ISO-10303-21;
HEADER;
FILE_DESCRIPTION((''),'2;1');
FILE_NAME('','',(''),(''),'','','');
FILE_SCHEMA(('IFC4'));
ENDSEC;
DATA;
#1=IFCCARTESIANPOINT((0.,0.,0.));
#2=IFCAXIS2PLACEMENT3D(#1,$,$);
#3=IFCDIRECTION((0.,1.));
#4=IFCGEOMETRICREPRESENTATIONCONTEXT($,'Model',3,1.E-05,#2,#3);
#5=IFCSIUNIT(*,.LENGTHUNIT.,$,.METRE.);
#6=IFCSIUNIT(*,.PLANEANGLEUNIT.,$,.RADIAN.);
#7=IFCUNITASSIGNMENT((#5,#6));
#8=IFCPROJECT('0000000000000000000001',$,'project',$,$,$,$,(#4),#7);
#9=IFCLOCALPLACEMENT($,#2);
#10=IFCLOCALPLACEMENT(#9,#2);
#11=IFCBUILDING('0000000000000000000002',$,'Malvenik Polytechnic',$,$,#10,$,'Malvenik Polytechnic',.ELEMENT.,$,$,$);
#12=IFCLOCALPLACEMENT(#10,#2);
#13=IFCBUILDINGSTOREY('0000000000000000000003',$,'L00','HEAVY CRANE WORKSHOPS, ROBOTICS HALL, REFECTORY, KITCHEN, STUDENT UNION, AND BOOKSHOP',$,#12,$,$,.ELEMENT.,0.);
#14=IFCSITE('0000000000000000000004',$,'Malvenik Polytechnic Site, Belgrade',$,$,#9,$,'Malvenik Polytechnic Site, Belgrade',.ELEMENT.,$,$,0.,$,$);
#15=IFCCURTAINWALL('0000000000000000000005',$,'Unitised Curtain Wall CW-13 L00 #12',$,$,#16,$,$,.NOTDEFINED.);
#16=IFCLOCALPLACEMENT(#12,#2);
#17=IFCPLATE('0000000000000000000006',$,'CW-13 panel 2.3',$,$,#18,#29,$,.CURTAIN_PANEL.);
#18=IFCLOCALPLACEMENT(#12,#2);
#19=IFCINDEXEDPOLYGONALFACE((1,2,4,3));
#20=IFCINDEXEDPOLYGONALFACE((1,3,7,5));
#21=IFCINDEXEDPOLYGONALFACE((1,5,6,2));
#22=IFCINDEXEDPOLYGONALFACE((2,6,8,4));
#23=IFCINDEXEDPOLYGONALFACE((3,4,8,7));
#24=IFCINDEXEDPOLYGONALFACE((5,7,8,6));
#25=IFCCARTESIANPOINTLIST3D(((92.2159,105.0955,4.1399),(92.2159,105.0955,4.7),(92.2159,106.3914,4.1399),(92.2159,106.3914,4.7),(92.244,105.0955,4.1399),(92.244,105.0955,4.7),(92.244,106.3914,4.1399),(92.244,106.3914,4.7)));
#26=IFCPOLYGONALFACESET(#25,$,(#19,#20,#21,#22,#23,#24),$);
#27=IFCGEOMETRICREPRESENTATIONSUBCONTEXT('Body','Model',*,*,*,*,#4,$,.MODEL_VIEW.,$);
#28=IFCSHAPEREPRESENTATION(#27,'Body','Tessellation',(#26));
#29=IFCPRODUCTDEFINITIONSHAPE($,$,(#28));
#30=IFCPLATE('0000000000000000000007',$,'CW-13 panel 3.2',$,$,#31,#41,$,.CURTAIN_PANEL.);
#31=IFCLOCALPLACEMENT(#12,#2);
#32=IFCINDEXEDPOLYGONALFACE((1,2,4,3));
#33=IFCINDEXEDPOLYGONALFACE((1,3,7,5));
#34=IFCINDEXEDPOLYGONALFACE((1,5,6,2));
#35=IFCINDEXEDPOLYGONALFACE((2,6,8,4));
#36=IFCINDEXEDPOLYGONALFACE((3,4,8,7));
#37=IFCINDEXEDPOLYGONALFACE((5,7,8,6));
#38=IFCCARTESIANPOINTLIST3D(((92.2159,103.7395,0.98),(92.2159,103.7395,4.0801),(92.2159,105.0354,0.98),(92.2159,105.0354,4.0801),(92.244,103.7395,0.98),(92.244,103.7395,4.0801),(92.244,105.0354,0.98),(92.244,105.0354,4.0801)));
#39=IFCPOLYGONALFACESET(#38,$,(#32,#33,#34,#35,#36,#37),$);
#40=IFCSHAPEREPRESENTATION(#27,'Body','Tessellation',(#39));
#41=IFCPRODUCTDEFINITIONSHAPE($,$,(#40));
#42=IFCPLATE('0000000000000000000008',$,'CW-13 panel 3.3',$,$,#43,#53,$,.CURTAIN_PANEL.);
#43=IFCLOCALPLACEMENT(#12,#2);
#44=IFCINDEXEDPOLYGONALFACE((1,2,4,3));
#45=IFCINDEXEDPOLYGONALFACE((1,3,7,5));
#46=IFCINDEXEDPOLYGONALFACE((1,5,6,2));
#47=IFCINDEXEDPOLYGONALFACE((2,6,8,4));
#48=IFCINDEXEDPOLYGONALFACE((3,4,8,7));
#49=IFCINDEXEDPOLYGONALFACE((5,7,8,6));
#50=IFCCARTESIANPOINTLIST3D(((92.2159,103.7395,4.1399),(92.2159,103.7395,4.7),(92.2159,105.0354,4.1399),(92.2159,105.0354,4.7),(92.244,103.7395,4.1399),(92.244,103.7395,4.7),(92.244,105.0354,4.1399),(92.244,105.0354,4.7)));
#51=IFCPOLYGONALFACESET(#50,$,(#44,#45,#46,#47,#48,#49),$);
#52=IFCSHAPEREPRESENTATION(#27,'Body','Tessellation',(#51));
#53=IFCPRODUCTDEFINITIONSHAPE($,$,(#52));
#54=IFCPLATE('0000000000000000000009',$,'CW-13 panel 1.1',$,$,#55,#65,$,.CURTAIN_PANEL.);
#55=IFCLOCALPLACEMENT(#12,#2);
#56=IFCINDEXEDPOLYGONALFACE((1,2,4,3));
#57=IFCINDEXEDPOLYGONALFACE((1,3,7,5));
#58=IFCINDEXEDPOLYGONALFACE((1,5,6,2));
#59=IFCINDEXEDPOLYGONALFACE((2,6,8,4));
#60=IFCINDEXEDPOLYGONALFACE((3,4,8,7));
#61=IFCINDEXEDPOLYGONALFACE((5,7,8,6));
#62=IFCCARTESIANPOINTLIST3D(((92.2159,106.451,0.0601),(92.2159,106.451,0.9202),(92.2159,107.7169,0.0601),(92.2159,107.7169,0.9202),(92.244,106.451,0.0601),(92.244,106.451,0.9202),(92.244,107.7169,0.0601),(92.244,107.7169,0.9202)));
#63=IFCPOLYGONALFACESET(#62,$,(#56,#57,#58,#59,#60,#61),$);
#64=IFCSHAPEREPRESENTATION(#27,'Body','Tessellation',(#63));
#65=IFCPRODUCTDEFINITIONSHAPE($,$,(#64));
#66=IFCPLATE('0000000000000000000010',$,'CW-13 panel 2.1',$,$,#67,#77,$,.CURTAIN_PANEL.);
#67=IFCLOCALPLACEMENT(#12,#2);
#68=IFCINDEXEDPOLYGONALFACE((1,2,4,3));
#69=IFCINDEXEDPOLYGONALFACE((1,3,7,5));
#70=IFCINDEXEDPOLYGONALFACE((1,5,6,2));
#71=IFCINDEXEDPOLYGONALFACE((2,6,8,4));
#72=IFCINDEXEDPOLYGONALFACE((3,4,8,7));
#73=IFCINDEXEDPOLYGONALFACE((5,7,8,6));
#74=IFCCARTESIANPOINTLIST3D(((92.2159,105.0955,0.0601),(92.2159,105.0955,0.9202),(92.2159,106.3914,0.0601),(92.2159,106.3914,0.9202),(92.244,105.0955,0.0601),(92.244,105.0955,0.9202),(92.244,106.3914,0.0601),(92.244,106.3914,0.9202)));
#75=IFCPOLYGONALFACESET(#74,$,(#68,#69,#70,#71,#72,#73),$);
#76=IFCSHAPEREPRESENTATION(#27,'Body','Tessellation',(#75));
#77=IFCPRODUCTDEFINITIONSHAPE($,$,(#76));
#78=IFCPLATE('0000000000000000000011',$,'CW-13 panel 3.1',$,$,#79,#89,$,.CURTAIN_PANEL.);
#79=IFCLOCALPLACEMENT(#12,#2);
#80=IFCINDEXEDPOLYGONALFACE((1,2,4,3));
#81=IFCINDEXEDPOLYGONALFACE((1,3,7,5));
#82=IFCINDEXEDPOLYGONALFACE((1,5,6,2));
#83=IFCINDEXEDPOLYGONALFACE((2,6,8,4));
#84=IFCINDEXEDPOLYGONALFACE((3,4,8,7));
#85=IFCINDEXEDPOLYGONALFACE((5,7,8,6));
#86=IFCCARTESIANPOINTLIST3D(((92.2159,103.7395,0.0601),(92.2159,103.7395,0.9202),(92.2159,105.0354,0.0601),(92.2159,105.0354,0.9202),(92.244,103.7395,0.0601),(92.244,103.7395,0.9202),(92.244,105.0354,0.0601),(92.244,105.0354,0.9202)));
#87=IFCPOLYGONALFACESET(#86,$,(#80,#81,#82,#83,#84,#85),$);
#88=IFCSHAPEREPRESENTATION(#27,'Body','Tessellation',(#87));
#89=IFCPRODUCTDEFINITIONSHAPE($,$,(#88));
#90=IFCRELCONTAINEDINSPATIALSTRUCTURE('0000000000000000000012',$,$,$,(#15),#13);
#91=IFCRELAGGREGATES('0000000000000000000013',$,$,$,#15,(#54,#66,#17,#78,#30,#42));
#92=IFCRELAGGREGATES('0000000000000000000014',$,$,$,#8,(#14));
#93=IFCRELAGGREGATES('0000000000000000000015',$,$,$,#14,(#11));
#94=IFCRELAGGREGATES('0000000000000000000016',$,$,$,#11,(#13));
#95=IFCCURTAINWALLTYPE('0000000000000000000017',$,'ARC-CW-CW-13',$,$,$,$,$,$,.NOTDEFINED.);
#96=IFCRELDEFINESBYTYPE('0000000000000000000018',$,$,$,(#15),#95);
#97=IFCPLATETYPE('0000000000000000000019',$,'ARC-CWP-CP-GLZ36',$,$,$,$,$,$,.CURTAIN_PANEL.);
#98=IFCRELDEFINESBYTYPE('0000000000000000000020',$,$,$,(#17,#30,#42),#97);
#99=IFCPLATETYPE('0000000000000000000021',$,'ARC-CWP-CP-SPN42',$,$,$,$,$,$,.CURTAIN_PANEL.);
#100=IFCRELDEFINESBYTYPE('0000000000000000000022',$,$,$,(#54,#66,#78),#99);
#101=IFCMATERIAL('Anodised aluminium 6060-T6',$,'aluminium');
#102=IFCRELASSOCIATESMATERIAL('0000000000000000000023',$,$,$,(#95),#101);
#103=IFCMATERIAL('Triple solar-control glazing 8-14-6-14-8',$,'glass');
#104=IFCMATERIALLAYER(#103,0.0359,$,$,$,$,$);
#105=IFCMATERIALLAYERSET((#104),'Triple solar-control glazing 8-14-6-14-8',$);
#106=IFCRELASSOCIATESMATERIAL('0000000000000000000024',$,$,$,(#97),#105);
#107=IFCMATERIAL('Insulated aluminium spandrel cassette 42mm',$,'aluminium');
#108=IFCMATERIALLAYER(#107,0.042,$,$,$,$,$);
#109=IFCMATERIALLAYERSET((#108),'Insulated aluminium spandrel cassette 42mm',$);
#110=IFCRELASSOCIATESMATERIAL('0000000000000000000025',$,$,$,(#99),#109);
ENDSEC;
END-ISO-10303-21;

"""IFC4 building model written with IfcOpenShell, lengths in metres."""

from ifc_helpers import new_model, si_unit, direction, frame, origin, origin_2d, place, context, subcontext, project, spatial, rectangle, extrude, material, layer, layer_set, type_object, element, aggregate, save


model = new_model("IFC4")

# Units and contexts
model_context = context("Model", 3, precision=1e-05, world=origin(), true_north=direction((0.0, 1.0)))
body_context = subcontext(model_context, "Body", "Model", "MODEL_VIEW")
ifc_project = project(units=[si_unit("LENGTHUNIT", "METRE"), si_unit("PLANEANGLEUNIT", "RADIAN")], contexts=[model_context])

# Site, building, storey
site_placement = place(None, origin())
site = spatial("IfcSite", under=ifc_project, at=site_placement, Name="Malvenik Polytechnic Site, Belgrade", LongName="Malvenik Polytechnic Site, Belgrade", CompositionType="ELEMENT", RefElevation=0.0)
building_placement = place(site_placement, origin())
building = spatial("IfcBuilding", under=site, at=building_placement, Name="Malvenik Polytechnic", LongName="Malvenik Polytechnic", CompositionType="ELEMENT")
storey_placement = place(building_placement, origin())
storey = spatial("IfcBuildingStorey", under=building, at=storey_placement, Name="L00", Description="HEAVY CRANE WORKSHOPS, ROBOTICS HALL, REFECTORY, KITCHEN, STUDENT UNION, AND BOOKSHOP", CompositionType="ELEMENT", Elevation=0.0)

# Curtain wall, plates
ifc_material_1 = material(Name="Anodised aluminium 6060-T6", Category="aluminium")
curtain_wall_type = type_object("IfcCurtainWallType", Name="ARC-CW-CW-13", PredefinedType="NOTDEFINED", material=ifc_material_1)
curtain_wall_placement = place(storey_placement, origin())
curtain_wall = element("IfcCurtainWall", 1, at=curtain_wall_placement, inside=storey, type_object=curtain_wall_type, Name="Unitised Curtain Wall CW-13 L00 #12", PredefinedType="NOTDEFINED")
ifc_material_2 = material(Name="Triple solar-control glazing 8-14-6-14-8", Category="glass")
ifc_layer_1 = layer(ifc_material_2, 0.0359)
ifc_layer_set_1 = layer_set([ifc_layer_1], Name="Triple solar-control glazing 8-14-6-14-8")
plate_type_1 = type_object("IfcPlateType", Name="ARC-CWP-CP-GLZ36", PredefinedType="CURTAIN_PANEL", material=ifc_layer_set_1)
plate_1_placement = place(storey_placement, frame((92.23, 105.7434, 4.1399), z_axis=(0.0, 0.0, 1.0), x_axis=(0.0, -1.0, 0.0)))
plate_1 = element("IfcPlate", 2, at=plate_1_placement, type_object=plate_type_1, Name="CW-13 panel 2.3", PredefinedType="CURTAIN_PANEL", context=body_context, shape_type="SweptSolid", body=[
    extrude(rectangle(XDim=1.2959, YDim=0.0281, at=origin_2d()), origin(), (0.0, 0.0, 1.0), 0.5601),
])
plate_2_placement = place(storey_placement, frame((92.23, 104.3875, 0.98), z_axis=(0.0, 0.0, 1.0), x_axis=(0.0, -1.0, 0.0)))
plate_2 = element("IfcPlate", 3, at=plate_2_placement, type_object=plate_type_1, Name="CW-13 panel 3.2", PredefinedType="CURTAIN_PANEL", context=body_context, shape_type="SweptSolid", body=[
    extrude(rectangle(XDim=1.2959, YDim=0.0281, at=origin_2d()), origin(), (0.0, 0.0, 1.0), 3.1001),
])
plate_3_placement = place(storey_placement, frame((92.23, 104.3875, 4.1399), z_axis=(0.0, 0.0, 1.0), x_axis=(0.0, -1.0, 0.0)))
plate_3 = element("IfcPlate", 4, at=plate_3_placement, type_object=plate_type_1, Name="CW-13 panel 3.3", PredefinedType="CURTAIN_PANEL", context=body_context, shape_type="SweptSolid", body=[
    extrude(rectangle(XDim=1.2959, YDim=0.0281, at=origin_2d()), origin(), (0.0, 0.0, 1.0), 0.5601),
])
ifc_material_3 = material(Name="Insulated aluminium spandrel cassette 42mm", Category="aluminium")
ifc_layer_2 = layer(ifc_material_3, 0.042)
ifc_layer_set_2 = layer_set([ifc_layer_2], Name="Insulated aluminium spandrel cassette 42mm")
plate_type_2 = type_object("IfcPlateType", Name="ARC-CWP-CP-SPN42", PredefinedType="CURTAIN_PANEL", material=ifc_layer_set_2)
plate_4_placement = place(storey_placement, frame((92.23, 107.084, 0.0601), z_axis=(0.0, 0.0, 1.0), x_axis=(0.0, -1.0, 0.0)))
plate_4 = element("IfcPlate", 5, at=plate_4_placement, type_object=plate_type_2, Name="CW-13 panel 1.1", PredefinedType="CURTAIN_PANEL", context=body_context, shape_type="SweptSolid", body=[
    extrude(rectangle(XDim=1.2659, YDim=0.0281, at=origin_2d()), origin(), (0.0, 0.0, 1.0), 0.8601),
])
plate_5_placement = place(storey_placement, frame((92.23, 105.7434, 0.0601), z_axis=(0.0, 0.0, 1.0), x_axis=(0.0, -1.0, 0.0)))
plate_5 = element("IfcPlate", 6, at=plate_5_placement, type_object=plate_type_2, Name="CW-13 panel 2.1", PredefinedType="CURTAIN_PANEL", context=body_context, shape_type="SweptSolid", body=[
    extrude(rectangle(XDim=1.2959, YDim=0.0281, at=origin_2d()), origin(), (0.0, 0.0, 1.0), 0.8601),
])
plate_6_placement = place(storey_placement, frame((92.23, 104.3875, 0.0601), z_axis=(0.0, 0.0, 1.0), x_axis=(0.0, -1.0, 0.0)))
plate_6 = element("IfcPlate", 7, at=plate_6_placement, type_object=plate_type_2, Name="CW-13 panel 3.1", PredefinedType="CURTAIN_PANEL", context=body_context, shape_type="SweptSolid", body=[
    extrude(rectangle(XDim=1.2959, YDim=0.0281, at=origin_2d()), origin(), (0.0, 0.0, 1.0), 0.8601),
])
aggregate(curtain_wall, [plate_4, plate_5, plate_1, plate_6, plate_2, plate_3])

save(model, "model.ifc")
